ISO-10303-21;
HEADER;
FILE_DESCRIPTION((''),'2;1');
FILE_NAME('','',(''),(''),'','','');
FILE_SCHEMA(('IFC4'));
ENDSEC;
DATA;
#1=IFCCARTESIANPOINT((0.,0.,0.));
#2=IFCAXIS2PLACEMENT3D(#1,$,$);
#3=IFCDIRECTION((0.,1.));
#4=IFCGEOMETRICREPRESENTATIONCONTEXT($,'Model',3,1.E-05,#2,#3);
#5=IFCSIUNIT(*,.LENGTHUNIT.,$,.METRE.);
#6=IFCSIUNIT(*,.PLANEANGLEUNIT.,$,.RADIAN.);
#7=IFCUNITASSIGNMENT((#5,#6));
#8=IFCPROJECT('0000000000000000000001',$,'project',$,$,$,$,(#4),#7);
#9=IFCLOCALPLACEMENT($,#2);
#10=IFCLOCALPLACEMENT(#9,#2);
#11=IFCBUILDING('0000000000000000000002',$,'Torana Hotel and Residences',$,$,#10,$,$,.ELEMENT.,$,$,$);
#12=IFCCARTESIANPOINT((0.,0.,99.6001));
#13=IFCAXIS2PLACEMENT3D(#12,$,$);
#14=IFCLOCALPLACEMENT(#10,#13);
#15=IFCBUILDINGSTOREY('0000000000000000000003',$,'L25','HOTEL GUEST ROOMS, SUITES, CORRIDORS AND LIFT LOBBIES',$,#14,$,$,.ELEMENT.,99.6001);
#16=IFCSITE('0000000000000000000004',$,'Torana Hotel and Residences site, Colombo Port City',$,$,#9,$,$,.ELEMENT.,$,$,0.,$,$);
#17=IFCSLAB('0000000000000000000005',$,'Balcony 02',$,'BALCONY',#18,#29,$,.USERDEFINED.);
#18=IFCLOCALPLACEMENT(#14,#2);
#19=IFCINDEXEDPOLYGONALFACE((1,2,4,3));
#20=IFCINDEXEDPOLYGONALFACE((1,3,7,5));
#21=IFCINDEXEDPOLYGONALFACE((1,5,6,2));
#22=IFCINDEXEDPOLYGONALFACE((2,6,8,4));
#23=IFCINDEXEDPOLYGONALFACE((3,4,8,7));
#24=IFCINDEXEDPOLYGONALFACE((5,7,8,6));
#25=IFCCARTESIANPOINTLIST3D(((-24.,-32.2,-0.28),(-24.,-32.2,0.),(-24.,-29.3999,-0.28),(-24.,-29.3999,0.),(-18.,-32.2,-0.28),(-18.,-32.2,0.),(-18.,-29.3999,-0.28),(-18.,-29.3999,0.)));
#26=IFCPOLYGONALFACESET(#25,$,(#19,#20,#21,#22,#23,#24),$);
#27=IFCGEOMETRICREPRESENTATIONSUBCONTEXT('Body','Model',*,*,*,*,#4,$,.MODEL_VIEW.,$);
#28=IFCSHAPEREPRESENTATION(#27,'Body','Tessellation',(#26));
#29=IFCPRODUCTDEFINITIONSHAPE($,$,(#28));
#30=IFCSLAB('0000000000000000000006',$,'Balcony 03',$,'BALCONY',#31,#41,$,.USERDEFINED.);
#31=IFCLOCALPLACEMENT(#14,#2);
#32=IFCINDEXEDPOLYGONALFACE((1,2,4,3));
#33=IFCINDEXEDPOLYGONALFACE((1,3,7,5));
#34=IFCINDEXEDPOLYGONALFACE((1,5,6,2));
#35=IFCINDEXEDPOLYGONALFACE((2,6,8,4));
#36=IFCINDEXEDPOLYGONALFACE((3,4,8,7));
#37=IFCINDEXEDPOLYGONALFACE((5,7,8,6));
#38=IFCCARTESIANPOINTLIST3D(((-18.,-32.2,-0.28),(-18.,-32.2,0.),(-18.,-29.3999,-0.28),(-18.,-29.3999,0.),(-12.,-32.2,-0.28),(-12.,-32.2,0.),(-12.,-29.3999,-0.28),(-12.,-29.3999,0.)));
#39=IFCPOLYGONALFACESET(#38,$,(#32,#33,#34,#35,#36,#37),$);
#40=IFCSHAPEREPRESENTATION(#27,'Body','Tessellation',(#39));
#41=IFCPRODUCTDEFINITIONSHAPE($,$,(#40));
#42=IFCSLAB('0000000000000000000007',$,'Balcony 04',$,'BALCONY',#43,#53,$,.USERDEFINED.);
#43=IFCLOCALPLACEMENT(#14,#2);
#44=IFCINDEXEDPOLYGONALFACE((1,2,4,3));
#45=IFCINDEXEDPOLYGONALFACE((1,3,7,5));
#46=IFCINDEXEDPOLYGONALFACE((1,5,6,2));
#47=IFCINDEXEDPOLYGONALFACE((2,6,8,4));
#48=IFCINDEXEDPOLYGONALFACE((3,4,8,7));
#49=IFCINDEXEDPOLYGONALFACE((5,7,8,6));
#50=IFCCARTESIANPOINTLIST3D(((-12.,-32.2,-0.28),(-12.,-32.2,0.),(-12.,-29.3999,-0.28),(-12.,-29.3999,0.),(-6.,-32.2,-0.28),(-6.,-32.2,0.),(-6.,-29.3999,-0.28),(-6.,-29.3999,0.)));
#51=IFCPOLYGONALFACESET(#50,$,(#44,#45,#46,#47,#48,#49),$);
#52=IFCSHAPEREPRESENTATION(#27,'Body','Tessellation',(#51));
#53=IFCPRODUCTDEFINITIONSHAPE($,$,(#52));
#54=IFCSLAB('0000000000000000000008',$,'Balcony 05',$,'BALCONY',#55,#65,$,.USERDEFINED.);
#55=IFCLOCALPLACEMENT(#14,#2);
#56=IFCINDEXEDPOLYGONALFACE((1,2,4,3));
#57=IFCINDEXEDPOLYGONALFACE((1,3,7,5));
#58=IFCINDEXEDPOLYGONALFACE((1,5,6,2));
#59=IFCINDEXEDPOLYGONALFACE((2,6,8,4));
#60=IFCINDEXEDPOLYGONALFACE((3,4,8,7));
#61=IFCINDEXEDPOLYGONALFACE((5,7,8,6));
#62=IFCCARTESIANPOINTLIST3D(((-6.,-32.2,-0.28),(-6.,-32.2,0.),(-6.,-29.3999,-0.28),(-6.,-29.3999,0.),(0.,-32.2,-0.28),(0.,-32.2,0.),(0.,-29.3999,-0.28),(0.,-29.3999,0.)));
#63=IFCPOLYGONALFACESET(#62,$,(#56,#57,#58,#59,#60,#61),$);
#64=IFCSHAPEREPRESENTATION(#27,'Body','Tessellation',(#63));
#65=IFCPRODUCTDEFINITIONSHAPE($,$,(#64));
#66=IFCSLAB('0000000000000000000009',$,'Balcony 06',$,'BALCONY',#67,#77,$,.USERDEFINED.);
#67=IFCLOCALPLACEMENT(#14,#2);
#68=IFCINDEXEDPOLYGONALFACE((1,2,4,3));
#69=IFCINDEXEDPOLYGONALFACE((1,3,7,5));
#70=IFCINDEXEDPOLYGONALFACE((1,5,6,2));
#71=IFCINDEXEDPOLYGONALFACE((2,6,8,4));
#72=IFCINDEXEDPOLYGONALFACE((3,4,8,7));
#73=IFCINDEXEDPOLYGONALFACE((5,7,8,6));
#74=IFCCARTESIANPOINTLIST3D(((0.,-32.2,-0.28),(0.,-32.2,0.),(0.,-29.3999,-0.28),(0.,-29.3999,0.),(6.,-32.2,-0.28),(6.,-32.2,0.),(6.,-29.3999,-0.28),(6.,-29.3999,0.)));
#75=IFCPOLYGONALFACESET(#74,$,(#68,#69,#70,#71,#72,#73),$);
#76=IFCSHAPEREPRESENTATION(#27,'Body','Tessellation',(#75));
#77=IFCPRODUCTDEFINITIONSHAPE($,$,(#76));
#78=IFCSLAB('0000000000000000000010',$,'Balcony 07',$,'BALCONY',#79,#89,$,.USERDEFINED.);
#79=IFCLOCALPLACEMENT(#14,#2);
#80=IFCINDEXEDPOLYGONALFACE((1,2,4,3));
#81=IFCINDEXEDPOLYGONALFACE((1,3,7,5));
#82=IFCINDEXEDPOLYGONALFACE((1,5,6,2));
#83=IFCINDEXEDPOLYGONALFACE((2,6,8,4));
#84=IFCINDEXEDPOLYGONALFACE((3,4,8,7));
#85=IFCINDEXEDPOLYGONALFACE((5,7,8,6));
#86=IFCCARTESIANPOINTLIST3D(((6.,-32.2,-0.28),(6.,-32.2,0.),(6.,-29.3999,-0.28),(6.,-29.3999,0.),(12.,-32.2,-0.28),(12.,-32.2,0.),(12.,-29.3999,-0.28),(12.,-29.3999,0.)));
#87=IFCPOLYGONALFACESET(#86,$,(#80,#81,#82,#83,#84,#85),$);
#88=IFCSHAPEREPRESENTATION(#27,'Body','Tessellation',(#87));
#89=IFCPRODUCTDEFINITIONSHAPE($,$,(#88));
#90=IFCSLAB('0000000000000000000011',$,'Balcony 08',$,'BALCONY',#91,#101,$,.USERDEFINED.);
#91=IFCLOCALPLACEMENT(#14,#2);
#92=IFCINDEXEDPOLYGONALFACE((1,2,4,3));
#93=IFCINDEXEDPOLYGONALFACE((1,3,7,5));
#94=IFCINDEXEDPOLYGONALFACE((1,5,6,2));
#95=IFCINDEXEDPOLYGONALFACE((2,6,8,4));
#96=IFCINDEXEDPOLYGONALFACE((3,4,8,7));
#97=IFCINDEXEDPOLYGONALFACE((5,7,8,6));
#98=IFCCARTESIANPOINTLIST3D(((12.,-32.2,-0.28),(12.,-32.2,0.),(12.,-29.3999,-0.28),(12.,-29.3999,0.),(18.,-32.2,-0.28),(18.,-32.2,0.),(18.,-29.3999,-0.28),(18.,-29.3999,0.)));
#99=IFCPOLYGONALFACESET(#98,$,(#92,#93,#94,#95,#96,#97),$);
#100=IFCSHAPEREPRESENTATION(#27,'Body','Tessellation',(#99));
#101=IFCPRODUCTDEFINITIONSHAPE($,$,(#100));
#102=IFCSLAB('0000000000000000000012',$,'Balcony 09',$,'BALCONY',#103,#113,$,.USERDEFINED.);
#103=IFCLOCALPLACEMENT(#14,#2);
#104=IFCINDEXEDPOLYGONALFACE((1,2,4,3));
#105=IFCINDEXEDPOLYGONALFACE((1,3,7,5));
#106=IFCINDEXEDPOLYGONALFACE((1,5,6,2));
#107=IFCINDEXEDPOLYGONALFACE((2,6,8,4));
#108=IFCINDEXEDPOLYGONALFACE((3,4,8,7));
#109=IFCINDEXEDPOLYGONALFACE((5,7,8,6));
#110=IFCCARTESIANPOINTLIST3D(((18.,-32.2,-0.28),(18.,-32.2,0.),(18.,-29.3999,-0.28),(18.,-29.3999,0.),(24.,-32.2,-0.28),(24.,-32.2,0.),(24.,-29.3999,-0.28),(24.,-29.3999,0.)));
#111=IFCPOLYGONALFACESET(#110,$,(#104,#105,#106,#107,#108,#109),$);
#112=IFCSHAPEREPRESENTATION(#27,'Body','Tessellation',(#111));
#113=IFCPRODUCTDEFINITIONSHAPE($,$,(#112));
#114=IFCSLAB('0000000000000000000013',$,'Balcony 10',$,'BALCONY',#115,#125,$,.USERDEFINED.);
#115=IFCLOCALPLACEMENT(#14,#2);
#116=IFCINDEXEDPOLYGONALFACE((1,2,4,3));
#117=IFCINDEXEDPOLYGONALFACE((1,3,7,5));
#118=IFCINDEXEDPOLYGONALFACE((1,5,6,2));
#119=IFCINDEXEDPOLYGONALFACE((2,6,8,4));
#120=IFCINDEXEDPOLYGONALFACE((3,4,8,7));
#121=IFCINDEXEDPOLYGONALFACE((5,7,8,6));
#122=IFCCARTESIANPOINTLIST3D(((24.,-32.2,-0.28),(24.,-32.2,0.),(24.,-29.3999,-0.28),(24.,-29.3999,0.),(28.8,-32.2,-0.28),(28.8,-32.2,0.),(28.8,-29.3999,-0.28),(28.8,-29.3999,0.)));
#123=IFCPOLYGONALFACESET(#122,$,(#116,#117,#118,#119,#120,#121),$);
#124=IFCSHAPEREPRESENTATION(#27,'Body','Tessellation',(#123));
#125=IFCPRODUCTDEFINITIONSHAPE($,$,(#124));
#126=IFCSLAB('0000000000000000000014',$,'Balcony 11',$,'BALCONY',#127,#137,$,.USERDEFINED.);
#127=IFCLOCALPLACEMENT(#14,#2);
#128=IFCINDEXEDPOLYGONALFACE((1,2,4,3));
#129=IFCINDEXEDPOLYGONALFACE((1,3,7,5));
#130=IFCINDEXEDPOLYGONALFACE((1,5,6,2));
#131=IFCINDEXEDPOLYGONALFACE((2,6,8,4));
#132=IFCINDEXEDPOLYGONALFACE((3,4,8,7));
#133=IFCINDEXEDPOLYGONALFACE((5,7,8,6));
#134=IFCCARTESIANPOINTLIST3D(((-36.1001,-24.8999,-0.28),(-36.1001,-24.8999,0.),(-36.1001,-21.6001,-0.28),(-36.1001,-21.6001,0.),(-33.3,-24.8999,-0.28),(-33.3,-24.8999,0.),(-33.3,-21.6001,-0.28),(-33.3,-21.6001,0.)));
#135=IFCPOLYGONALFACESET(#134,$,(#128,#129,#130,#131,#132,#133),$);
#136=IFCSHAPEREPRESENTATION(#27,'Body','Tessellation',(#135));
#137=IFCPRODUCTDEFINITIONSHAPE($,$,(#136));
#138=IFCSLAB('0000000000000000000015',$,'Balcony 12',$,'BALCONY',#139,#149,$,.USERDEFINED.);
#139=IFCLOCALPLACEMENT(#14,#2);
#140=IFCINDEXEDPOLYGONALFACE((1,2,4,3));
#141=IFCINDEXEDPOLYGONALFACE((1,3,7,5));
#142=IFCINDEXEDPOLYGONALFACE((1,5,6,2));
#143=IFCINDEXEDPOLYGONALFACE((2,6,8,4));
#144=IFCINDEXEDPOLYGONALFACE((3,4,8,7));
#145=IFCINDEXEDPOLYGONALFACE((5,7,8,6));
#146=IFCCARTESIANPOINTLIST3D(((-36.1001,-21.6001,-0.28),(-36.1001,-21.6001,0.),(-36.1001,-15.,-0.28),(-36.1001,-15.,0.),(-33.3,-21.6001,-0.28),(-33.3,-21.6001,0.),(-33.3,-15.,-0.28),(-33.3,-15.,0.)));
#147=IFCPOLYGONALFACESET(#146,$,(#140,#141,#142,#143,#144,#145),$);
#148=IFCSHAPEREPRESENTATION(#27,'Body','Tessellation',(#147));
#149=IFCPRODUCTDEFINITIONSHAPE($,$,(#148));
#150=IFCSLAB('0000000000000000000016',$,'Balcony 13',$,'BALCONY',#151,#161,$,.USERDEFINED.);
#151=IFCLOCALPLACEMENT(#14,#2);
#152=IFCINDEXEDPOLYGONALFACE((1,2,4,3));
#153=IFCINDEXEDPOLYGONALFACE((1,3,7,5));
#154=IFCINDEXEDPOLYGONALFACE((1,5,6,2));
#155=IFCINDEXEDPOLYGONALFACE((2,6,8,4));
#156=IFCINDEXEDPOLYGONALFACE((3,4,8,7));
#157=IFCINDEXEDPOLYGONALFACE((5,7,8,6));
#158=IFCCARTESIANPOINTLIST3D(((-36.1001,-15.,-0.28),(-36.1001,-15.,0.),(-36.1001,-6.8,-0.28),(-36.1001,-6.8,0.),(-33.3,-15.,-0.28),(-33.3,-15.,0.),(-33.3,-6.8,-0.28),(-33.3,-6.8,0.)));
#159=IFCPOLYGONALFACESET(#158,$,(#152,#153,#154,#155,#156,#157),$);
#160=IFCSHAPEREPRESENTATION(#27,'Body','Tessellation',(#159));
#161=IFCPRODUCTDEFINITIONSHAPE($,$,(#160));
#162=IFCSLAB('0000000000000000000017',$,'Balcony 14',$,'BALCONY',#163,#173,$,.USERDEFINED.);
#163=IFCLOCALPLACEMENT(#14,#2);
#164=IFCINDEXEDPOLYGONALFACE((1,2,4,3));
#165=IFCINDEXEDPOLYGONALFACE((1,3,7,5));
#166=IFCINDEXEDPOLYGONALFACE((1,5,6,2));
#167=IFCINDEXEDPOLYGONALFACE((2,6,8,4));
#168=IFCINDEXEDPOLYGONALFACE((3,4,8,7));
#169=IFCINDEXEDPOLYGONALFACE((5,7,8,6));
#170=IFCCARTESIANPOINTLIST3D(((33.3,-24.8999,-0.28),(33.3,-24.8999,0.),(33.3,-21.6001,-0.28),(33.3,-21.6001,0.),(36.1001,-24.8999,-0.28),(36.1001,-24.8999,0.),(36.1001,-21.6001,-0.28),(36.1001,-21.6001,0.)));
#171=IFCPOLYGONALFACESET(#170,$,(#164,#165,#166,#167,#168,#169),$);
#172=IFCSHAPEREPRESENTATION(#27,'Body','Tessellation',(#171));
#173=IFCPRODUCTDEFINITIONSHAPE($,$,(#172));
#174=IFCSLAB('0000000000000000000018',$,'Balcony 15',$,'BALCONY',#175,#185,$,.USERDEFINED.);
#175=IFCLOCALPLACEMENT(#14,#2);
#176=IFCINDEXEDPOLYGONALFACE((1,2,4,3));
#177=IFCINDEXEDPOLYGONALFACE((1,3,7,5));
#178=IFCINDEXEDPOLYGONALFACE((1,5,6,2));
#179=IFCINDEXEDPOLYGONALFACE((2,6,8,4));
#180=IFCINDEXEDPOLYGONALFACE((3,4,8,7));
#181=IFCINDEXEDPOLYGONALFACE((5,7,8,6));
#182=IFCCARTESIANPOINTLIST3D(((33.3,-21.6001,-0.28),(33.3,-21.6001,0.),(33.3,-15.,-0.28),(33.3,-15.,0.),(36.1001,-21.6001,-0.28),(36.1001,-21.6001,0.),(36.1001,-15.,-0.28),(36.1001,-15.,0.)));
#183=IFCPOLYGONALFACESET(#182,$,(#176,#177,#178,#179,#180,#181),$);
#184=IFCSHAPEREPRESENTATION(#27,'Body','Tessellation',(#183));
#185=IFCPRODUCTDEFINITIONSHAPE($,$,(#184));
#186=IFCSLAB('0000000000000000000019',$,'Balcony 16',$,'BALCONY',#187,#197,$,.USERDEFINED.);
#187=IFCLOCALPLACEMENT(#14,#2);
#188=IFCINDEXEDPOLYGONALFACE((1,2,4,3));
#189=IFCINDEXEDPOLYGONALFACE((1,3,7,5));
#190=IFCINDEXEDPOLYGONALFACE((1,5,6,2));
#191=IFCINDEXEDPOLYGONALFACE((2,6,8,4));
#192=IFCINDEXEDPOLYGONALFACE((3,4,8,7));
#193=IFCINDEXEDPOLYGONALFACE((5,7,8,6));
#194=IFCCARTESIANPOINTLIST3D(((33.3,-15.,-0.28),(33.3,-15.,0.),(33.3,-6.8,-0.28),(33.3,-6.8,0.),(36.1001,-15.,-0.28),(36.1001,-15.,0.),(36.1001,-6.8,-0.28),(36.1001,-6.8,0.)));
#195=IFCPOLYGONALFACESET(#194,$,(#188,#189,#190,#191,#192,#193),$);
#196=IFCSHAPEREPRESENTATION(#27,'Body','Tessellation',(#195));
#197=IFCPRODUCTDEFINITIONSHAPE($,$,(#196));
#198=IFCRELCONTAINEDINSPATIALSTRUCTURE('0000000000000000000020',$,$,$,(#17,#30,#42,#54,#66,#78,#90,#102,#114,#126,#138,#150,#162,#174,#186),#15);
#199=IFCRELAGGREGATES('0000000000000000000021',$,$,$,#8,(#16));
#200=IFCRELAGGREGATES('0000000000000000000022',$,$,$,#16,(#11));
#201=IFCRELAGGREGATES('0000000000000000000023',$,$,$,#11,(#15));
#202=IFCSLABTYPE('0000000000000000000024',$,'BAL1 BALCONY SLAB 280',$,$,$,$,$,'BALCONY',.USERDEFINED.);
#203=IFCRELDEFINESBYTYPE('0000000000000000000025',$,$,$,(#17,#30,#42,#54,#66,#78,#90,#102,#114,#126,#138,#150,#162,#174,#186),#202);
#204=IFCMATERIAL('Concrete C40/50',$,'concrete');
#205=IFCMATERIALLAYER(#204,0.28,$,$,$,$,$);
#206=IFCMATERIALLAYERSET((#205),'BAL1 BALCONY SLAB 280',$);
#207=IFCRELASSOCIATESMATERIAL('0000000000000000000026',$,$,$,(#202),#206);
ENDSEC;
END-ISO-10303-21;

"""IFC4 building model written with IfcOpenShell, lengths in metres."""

from ifc_helpers import new_model, si_unit, direction, frame, origin, place, context, subcontext, project, spatial, polyline, outline, extrude, material, layer, layer_set, type_object, element, save


model = new_model("IFC4")

# Units and contexts
model_context = context("Model", 3, precision=1e-05, world=origin(), true_north=direction((0.0, 1.0)))
body_context = subcontext(model_context, "Body", "Model", "MODEL_VIEW")
ifc_project = project(units=[si_unit("LENGTHUNIT", "METRE"), si_unit("PLANEANGLEUNIT", "RADIAN")], contexts=[model_context])

# Site, building, storey
site_placement = place(None, origin())
site = spatial("IfcSite", under=ifc_project, at=site_placement, Name="Torana Hotel and Residences site, Colombo Port City", CompositionType="ELEMENT", RefElevation=0.0)
building_placement = place(site_placement, origin())
building = spatial("IfcBuilding", under=site, at=building_placement, Name="Torana Hotel and Residences", CompositionType="ELEMENT")
storey_placement = place(building_placement, frame((0.0, 0.0, 99.6001)))
storey = spatial("IfcBuildingStorey", under=building, at=storey_placement, Name="L25", Description="HOTEL GUEST ROOMS, SUITES, CORRIDORS AND LIFT LOBBIES", CompositionType="ELEMENT", Elevation=99.6001)

# Slabs
ifc_material_1 = material(Name="Concrete C40/50", Category="concrete")
ifc_layer_1 = layer(ifc_material_1, 0.28)
ifc_layer_set_1 = layer_set([ifc_layer_1], Name="BAL1 BALCONY SLAB 280")
slab_type_1 = type_object("IfcSlabType", Name="BAL1 BALCONY SLAB 280", ElementType="BALCONY", PredefinedType="USERDEFINED", material=ifc_layer_set_1)
slab_1_placement = place(storey_placement, frame((0.0, 0.0, -0.28)))
element("IfcSlab", 1, at=slab_1_placement, inside=storey, type_object=slab_type_1, Name="Balcony 02", ObjectType="BALCONY", PredefinedType="USERDEFINED", context=body_context, shape_type="SweptSolid", body=[
    extrude(outline(polyline([(-24.0, -32.2), (-18.0, -32.2), (-18.0, -29.3999), (-24.0, -29.3999), (-24.0, -32.2)])), origin(), (0.0, 0.0, 1.0), 0.28),
])
slab_2_placement = place(storey_placement, frame((0.0, 0.0, -0.28)))
element("IfcSlab", 2, at=slab_2_placement, inside=storey, type_object=slab_type_1, Name="Balcony 03", ObjectType="BALCONY", PredefinedType="USERDEFINED", context=body_context, shape_type="SweptSolid", body=[
    extrude(outline(polyline([(-18.0, -32.2), (-12.0, -32.2), (-12.0, -29.3999), (-18.0, -29.3999), (-18.0, -32.2)])), origin(), (0.0, 0.0, 1.0), 0.28),
])
slab_3_placement = place(storey_placement, frame((0.0, 0.0, -0.28)))
element("IfcSlab", 3, at=slab_3_placement, inside=storey, type_object=slab_type_1, Name="Balcony 04", ObjectType="BALCONY", PredefinedType="USERDEFINED", context=body_context, shape_type="SweptSolid", body=[
    extrude(outline(polyline([(-12.0, -32.2), (-6.0, -32.2), (-6.0, -29.3999), (-12.0, -29.3999), (-12.0, -32.2)])), origin(), (0.0, 0.0, 1.0), 0.28),
])
slab_4_placement = place(storey_placement, frame((0.0, 0.0, -0.28)))
element("IfcSlab", 4, at=slab_4_placement, inside=storey, type_object=slab_type_1, Name="Balcony 05", ObjectType="BALCONY", PredefinedType="USERDEFINED", context=body_context, shape_type="SweptSolid", body=[
    extrude(outline(polyline([(-6.0, -32.2), (0.0, -32.2), (0.0, -29.3999), (-6.0, -29.3999), (-6.0, -32.2)])), origin(), (0.0, 0.0, 1.0), 0.28),
])
slab_5_placement = place(storey_placement, frame((0.0, 0.0, -0.28)))
element("IfcSlab", 5, at=slab_5_placement, inside=storey, type_object=slab_type_1, Name="Balcony 06", ObjectType="BALCONY", PredefinedType="USERDEFINED", context=body_context, shape_type="SweptSolid", body=[
    extrude(outline(polyline([(0.0, -32.2), (6.0, -32.2), (6.0, -29.3999), (0.0, -29.3999), (0.0, -32.2)])), origin(), (0.0, 0.0, 1.0), 0.28),
])
slab_6_placement = place(storey_placement, frame((0.0, 0.0, -0.28)))
element("IfcSlab", 6, at=slab_6_placement, inside=storey, type_object=slab_type_1, Name="Balcony 07", ObjectType="BALCONY", PredefinedType="USERDEFINED", context=body_context, shape_type="SweptSolid", body=[
    extrude(outline(polyline([(6.0, -32.2), (12.0, -32.2), (12.0, -29.3999), (6.0, -29.3999), (6.0, -32.2)])), origin(), (0.0, 0.0, 1.0), 0.28),
])
slab_7_placement = place(storey_placement, frame((0.0, 0.0, -0.28)))
element("IfcSlab", 7, at=slab_7_placement, inside=storey, type_object=slab_type_1, Name="Balcony 08", ObjectType="BALCONY", PredefinedType="USERDEFINED", context=body_context, shape_type="SweptSolid", body=[
    extrude(outline(polyline([(12.0, -32.2), (18.0, -32.2), (18.0, -29.3999), (12.0, -29.3999), (12.0, -32.2)])), origin(), (0.0, 0.0, 1.0), 0.28),
])
slab_8_placement = place(storey_placement, frame((0.0, 0.0, -0.28)))
element("IfcSlab", 8, at=slab_8_placement, inside=storey, type_object=slab_type_1, Name="Balcony 09", ObjectType="BALCONY", PredefinedType="USERDEFINED", context=body_context, shape_type="SweptSolid", body=[
    extrude(outline(polyline([(18.0, -32.2), (24.0, -32.2), (24.0, -29.3999), (18.0, -29.3999), (18.0, -32.2)])), origin(), (0.0, 0.0, 1.0), 0.28),
])
slab_9_placement = place(storey_placement, frame((0.0, 0.0, -0.28)))
element("IfcSlab", 9, at=slab_9_placement, inside=storey, type_object=slab_type_1, Name="Balcony 10", ObjectType="BALCONY", PredefinedType="USERDEFINED", context=body_context, shape_type="SweptSolid", body=[
    extrude(outline(polyline([(24.0, -32.2), (28.8, -32.2), (28.8, -29.3999), (24.0, -29.3999), (24.0, -32.2)])), origin(), (0.0, 0.0, 1.0), 0.28),
])
slab_10_placement = place(storey_placement, frame((0.0, 0.0, -0.28)))
element("IfcSlab", 10, at=slab_10_placement, inside=storey, type_object=slab_type_1, Name="Balcony 11", ObjectType="BALCONY", PredefinedType="USERDEFINED", context=body_context, shape_type="SweptSolid", body=[
    extrude(outline(polyline([(-36.1001, -24.8999), (-33.3, -24.8999), (-33.3, -21.6001), (-36.1001, -21.6001), (-36.1001, -24.8999)])), origin(), (0.0, 0.0, 1.0), 0.28),
])
slab_11_placement = place(storey_placement, frame((0.0, 0.0, -0.28)))
element("IfcSlab", 11, at=slab_11_placement, inside=storey, type_object=slab_type_1, Name="Balcony 12", ObjectType="BALCONY", PredefinedType="USERDEFINED", context=body_context, shape_type="SweptSolid", body=[
    extrude(outline(polyline([(-36.1001, -21.6001), (-33.3, -21.6001), (-33.3, -15.0), (-36.1001, -15.0), (-36.1001, -21.6001)])), origin(), (0.0, 0.0, 1.0), 0.28),
])
slab_12_placement = place(storey_placement, frame((0.0, 0.0, -0.28)))
element("IfcSlab", 12, at=slab_12_placement, inside=storey, type_object=slab_type_1, Name="Balcony 13", ObjectType="BALCONY", PredefinedType="USERDEFINED", context=body_context, shape_type="SweptSolid", body=[
    extrude(outline(polyline([(-36.1001, -15.0), (-33.3, -15.0), (-33.3, -6.8), (-36.1001, -6.8), (-36.1001, -15.0)])), origin(), (0.0, 0.0, 1.0), 0.28),
])
slab_13_placement = place(storey_placement, frame((0.0, 0.0, -0.28)))
element("IfcSlab", 13, at=slab_13_placement, inside=storey, type_object=slab_type_1, Name="Balcony 14", ObjectType="BALCONY", PredefinedType="USERDEFINED", context=body_context, shape_type="SweptSolid", body=[
    extrude(outline(polyline([(33.3, -24.8999), (36.1001, -24.8999), (36.1001, -21.6001), (33.3, -21.6001), (33.3, -24.8999)])), origin(), (0.0, 0.0, 1.0), 0.28),
])
slab_14_placement = place(storey_placement, frame((0.0, 0.0, -0.28)))
element("IfcSlab", 14, at=slab_14_placement, inside=storey, type_object=slab_type_1, Name="Balcony 15", ObjectType="BALCONY", PredefinedType="USERDEFINED", context=body_context, shape_type="SweptSolid", body=[
    extrude(outline(polyline([(33.3, -21.6001), (36.1001, -21.6001), (36.1001, -15.0), (33.3, -15.0), (33.3, -21.6001)])), origin(), (0.0, 0.0, 1.0), 0.28),
])
slab_15_placement = place(storey_placement, frame((0.0, 0.0, -0.28)))
element("IfcSlab", 15, at=slab_15_placement, inside=storey, type_object=slab_type_1, Name="Balcony 16", ObjectType="BALCONY", PredefinedType="USERDEFINED", context=body_context, shape_type="SweptSolid", body=[
    extrude(outline(polyline([(33.3, -15.0), (36.1001, -15.0), (36.1001, -6.8), (33.3, -6.8), (33.3, -15.0)])), origin(), (0.0, 0.0, 1.0), 0.28),
])

save(model, "model.ifc")
